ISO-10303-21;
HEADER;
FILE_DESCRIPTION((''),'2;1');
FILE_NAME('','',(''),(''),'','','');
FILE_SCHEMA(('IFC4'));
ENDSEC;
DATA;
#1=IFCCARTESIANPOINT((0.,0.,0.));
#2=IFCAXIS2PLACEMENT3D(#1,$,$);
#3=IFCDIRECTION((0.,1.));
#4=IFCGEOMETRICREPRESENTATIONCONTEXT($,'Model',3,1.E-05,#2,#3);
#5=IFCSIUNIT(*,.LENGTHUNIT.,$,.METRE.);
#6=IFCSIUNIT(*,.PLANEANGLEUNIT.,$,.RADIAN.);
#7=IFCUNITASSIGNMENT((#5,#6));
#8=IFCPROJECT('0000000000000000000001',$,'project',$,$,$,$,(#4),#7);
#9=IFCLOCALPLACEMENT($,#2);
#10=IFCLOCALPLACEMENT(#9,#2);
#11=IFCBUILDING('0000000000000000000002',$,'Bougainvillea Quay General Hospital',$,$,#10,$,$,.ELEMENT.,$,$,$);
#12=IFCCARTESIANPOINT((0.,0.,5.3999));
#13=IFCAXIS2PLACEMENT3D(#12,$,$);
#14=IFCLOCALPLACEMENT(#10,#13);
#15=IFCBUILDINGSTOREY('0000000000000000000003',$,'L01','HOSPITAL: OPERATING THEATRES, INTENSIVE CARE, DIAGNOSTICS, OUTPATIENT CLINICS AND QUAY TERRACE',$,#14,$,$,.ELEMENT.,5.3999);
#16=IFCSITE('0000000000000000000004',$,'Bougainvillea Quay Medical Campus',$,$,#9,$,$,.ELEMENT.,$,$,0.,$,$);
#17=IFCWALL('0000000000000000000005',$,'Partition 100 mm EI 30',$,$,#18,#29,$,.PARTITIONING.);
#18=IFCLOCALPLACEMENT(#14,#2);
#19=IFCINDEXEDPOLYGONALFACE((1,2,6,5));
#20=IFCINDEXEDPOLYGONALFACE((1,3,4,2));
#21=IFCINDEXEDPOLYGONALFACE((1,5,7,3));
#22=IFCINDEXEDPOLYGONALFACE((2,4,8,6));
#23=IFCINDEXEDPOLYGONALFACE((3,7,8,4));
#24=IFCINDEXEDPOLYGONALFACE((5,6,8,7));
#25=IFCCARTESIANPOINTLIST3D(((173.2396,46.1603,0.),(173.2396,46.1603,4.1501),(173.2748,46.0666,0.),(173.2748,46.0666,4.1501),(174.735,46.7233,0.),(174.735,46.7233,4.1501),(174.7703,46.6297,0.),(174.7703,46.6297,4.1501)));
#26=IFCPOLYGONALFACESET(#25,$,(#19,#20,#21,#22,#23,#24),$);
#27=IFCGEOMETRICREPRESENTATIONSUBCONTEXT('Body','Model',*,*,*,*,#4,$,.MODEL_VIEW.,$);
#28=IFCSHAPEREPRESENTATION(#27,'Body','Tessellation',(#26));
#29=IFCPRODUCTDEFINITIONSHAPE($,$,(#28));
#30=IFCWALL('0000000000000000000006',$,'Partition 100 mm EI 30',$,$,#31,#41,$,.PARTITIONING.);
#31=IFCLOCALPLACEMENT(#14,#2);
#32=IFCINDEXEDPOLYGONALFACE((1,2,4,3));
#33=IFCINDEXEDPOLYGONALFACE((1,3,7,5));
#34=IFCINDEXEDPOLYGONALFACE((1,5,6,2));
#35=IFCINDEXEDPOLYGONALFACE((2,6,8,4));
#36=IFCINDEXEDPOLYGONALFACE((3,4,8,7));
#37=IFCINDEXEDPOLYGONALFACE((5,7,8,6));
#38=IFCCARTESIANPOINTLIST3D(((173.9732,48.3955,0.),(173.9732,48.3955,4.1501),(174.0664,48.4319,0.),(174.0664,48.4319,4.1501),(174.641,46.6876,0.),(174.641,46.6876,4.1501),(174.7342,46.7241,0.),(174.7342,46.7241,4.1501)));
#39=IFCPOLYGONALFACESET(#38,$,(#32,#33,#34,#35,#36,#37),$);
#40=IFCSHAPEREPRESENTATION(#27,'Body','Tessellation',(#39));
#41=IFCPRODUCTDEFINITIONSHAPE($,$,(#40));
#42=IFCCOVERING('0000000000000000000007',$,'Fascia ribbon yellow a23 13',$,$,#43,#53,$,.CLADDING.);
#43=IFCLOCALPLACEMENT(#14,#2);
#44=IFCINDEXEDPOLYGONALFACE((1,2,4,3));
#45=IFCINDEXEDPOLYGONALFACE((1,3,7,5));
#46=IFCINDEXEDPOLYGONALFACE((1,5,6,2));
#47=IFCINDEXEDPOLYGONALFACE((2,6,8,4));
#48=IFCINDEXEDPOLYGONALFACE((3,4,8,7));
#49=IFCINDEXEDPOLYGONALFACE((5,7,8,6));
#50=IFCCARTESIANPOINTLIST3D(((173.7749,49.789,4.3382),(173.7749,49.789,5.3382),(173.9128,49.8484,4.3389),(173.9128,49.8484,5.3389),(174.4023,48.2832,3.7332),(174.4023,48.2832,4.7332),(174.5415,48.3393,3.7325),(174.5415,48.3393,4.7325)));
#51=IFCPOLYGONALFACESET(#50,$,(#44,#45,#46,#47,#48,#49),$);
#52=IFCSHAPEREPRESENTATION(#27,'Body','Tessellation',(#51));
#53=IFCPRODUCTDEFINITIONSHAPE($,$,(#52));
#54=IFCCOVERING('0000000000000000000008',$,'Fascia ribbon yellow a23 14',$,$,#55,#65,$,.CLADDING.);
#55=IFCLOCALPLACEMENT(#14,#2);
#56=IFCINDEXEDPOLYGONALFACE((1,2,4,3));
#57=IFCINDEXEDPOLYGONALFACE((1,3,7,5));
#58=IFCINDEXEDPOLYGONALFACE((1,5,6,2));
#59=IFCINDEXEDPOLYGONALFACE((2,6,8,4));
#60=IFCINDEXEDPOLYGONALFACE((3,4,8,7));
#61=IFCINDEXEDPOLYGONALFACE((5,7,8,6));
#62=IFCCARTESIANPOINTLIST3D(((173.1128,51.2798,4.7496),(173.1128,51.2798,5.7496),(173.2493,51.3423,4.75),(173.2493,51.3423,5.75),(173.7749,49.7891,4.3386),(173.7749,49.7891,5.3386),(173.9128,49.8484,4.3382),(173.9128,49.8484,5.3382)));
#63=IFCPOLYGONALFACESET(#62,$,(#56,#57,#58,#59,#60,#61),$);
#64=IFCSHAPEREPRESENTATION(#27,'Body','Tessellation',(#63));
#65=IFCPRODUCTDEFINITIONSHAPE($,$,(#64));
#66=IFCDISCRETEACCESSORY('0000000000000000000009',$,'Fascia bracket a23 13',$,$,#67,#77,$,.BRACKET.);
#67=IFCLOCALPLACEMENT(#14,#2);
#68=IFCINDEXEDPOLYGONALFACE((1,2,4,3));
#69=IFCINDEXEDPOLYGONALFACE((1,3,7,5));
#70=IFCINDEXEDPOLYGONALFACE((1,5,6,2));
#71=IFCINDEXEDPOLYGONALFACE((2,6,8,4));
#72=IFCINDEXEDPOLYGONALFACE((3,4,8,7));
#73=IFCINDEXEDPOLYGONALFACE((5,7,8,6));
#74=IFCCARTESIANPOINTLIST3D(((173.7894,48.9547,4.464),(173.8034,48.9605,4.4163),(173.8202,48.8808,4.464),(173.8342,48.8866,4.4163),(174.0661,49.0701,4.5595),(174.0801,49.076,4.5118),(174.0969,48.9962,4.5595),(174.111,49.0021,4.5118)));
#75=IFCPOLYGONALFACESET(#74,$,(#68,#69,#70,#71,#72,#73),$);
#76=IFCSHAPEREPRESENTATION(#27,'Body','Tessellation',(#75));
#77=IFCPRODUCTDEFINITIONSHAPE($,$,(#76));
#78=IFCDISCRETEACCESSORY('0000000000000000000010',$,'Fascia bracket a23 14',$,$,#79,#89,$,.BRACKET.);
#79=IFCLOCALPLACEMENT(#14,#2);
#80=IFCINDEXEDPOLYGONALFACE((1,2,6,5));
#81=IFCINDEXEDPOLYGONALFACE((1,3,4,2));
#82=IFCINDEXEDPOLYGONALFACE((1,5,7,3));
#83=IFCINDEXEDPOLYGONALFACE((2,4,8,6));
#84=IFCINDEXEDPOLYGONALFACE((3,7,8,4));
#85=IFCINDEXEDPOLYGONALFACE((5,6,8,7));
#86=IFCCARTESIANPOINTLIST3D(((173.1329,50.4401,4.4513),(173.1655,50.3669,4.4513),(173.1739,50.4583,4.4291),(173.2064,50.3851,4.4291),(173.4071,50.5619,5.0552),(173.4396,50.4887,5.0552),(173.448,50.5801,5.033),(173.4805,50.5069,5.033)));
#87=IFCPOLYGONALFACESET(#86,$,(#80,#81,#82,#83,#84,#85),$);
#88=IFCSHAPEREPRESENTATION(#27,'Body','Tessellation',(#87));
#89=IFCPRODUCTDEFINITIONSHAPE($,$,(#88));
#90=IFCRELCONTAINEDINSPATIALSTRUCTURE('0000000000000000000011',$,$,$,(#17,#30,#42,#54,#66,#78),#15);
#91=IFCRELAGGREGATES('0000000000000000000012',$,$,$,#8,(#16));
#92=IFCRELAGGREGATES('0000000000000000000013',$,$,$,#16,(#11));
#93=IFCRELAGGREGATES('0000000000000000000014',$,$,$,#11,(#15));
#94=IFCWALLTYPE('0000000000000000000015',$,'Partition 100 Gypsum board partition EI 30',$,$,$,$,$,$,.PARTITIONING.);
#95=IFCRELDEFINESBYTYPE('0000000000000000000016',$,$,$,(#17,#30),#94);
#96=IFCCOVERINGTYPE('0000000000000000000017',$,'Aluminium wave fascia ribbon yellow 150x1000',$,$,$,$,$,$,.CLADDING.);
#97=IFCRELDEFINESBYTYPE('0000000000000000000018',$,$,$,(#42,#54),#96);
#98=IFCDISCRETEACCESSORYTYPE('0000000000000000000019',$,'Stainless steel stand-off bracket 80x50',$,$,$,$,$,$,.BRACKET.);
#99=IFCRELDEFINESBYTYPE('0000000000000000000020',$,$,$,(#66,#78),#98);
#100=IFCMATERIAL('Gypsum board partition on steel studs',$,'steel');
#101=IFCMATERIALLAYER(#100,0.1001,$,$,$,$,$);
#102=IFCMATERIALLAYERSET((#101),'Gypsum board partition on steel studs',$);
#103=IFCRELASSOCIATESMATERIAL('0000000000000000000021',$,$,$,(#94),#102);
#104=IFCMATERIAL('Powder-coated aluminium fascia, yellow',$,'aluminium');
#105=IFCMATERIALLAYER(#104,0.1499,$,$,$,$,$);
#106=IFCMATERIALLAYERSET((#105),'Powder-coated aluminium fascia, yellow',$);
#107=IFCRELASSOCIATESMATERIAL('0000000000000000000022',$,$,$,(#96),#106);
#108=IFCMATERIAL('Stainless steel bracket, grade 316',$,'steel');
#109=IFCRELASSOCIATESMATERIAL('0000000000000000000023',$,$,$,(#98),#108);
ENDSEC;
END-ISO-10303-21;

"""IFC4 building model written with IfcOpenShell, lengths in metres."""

from ifc_helpers import new_model, si_unit, direction, frame, frame_2d, origin, origin_2d, place, context, subcontext, project, spatial, polyline, rectangle, outline, extrude, material, layer, layer_set, material_profile, profile_set, type_object, element, save


model = new_model("IFC4")

# Units and contexts
model_context = context("Model", 3, precision=1e-05, world=origin(), true_north=direction((0.0, 1.0)))
body_context = subcontext(model_context, "Body", "Model", "MODEL_VIEW")
ifc_project = project(units=[si_unit("LENGTHUNIT", "METRE"), si_unit("PLANEANGLEUNIT", "RADIAN")], contexts=[model_context])

# Site, building, storey
site_placement = place(None, origin())
site = spatial("IfcSite", under=ifc_project, at=site_placement, Name="Bougainvillea Quay Medical Campus", CompositionType="ELEMENT", RefElevation=0.0)
building_placement = place(site_placement, origin())
building = spatial("IfcBuilding", under=site, at=building_placement, Name="Bougainvillea Quay General Hospital", CompositionType="ELEMENT")
storey_placement = place(building_placement, frame((0.0, 0.0, 5.3999)))
storey = spatial("IfcBuildingStorey", under=building, at=storey_placement, Name="L01", Description="HOSPITAL: OPERATING THEATRES, INTENSIVE CARE, DIAGNOSTICS, OUTPATIENT CLINICS AND QUAY TERRACE", CompositionType="ELEMENT", Elevation=5.3999)

# Walls
ifc_material_1 = material(Name="Gypsum board partition on steel studs", Category="steel")
ifc_layer_1 = layer(ifc_material_1, 0.1001)
ifc_layer_set_1 = layer_set([ifc_layer_1], Name="Gypsum board partition on steel studs")
wall_type = type_object("IfcWallType", Name="Partition 100 Gypsum board partition EI 30", PredefinedType="PARTITIONING", material=ifc_layer_set_1)
wall_1_placement = place(storey_placement, frame((173.2573, 46.1135, 0.0), z_axis=(0.0, 0.0, 1.0), x_axis=(0.93587, 0.352346, 0.0)))
element("IfcWall", 1, at=wall_1_placement, inside=storey, type_object=wall_type, Name="Partition 100 mm EI 30", PredefinedType="PARTITIONING", context=body_context, shape_type="SweptSolid", body=[
    extrude(rectangle(XDim=1.5979, YDim=0.1001, at=frame_2d((0.7988, 0.0))), origin(), (0.0, 0.0, 1.0), 4.1501),
])
wall_2_placement = place(storey_placement, frame((174.0198, 48.4138, 0.0), z_axis=(0.0, 0.0, 1.0), x_axis=(0.364148, -0.931341, 0.0)))
element("IfcWall", 2, at=wall_2_placement, inside=storey, type_object=wall_type, Name="Partition 100 mm EI 30", PredefinedType="PARTITIONING", context=body_context, shape_type="SweptSolid", body=[
    extrude(rectangle(XDim=1.8337, YDim=0.1001, at=frame_2d((0.917, 0.0))), origin(), (0.0, 0.0, 1.0), 4.1501),
])

# Coverings
ifc_material_2 = material(Name="Powder-coated aluminium fascia, yellow", Category="aluminium")
ifc_layer_2 = layer(ifc_material_2, 0.1499)
ifc_layer_set_2 = layer_set([ifc_layer_2], Name="Powder-coated aluminium fascia, yellow")
covering_type = type_object("IfcCoveringType", Name="Aluminium wave fascia ribbon yellow 150x1000", PredefinedType="CLADDING", material=ifc_layer_set_2)
covering_1_placement = place(storey_placement, frame((174.4023, 48.2832, 3.7332), z_axis=(0.133774, -0.321, 0.937584), x_axis=(-0.360609, 0.865462, 0.347759)))
element("IfcCovering", 3, at=covering_1_placement, inside=storey, type_object=covering_type, Name="Fascia ribbon yellow a23 13", PredefinedType="CLADDING", context=body_context, shape_type="SweptSolid", body=[
    extrude(outline(polyline([(0.0, 0.0), (1.7399, 0.0), (1.7418, -0.1501), (-0.0018, -0.1501), (0.0, 0.0)])), origin(), (0.347759, 0.00002, 0.937584), 1.0),
])
covering_2_placement = place(storey_placement, frame((173.7749, 49.7891, 4.3386), z_axis=(0.099126, -0.223283, 0.9697), x_axis=(-0.393617, 0.886219, 0.244298)))
element("IfcCovering", 4, at=covering_2_placement, inside=storey, type_object=covering_type, Name="Fascia ribbon yellow a23 14", PredefinedType="CLADDING", context=body_context, shape_type="SweptSolid", body=[
    extrude(outline(polyline([(0.0, 0.0), (1.6821, 0.0), (1.6839, -0.1501), (-0.0018, -0.1501), (0.0, 0.0)])), origin(), (0.244298, -0.00004, 0.9697), 1.0),
])

# Discrete accessories
ifc_material_3 = material(Name="Stainless steel bracket, grade 316", Category="steel")
ifc_material_profile_1 = material_profile(ifc_material_3, rectangle(XDim=0.0801, YDim=0.05, at=origin_2d()))
ifc_profile_set_1 = profile_set([ifc_material_profile_1], Name="Stainless steel bracket, grade 316")
discrete_accessory_type = type_object("IfcDiscreteAccessoryType", Name="Stainless steel stand-off bracket 80x50", PredefinedType="BRACKET", material=ifc_profile_set_1)
discrete_accessory_1_placement = place(storey_placement, frame((173.8118, 48.9207, 4.4402), z_axis=(0.879475, 0.366836, 0.303241), x_axis=(-0.384962, 0.922932, 0.0)))
element("IfcDiscreteAccessory", 5, at=discrete_accessory_1_placement, inside=storey, type_object=discrete_accessory_type, Name="Fascia bracket a23 13", PredefinedType="BRACKET", context=body_context, shape_type="SweptSolid", body=[
    extrude(rectangle(XDim=0.0801, YDim=0.05, at=origin_2d()), origin(), (0.0, 0.0, 1.0), 0.3147),
])
discrete_accessory_2_placement = place(storey_placement, frame((173.1697, 50.4126, 4.4402), z_axis=(0.406532, 0.180641, 0.895601), x_axis=(-0.406063, 0.913845, 0.0)))
element("IfcDiscreteAccessory", 6, at=discrete_accessory_2_placement, inside=storey, type_object=discrete_accessory_type, Name="Fascia bracket a23 14", PredefinedType="BRACKET", context=body_context, shape_type="SweptSolid", body=[
    extrude(rectangle(XDim=0.0801, YDim=0.05, at=origin_2d()), origin(), (0.0, 0.0, 1.0), 0.6743),
])

save(model, "model.ifc")
